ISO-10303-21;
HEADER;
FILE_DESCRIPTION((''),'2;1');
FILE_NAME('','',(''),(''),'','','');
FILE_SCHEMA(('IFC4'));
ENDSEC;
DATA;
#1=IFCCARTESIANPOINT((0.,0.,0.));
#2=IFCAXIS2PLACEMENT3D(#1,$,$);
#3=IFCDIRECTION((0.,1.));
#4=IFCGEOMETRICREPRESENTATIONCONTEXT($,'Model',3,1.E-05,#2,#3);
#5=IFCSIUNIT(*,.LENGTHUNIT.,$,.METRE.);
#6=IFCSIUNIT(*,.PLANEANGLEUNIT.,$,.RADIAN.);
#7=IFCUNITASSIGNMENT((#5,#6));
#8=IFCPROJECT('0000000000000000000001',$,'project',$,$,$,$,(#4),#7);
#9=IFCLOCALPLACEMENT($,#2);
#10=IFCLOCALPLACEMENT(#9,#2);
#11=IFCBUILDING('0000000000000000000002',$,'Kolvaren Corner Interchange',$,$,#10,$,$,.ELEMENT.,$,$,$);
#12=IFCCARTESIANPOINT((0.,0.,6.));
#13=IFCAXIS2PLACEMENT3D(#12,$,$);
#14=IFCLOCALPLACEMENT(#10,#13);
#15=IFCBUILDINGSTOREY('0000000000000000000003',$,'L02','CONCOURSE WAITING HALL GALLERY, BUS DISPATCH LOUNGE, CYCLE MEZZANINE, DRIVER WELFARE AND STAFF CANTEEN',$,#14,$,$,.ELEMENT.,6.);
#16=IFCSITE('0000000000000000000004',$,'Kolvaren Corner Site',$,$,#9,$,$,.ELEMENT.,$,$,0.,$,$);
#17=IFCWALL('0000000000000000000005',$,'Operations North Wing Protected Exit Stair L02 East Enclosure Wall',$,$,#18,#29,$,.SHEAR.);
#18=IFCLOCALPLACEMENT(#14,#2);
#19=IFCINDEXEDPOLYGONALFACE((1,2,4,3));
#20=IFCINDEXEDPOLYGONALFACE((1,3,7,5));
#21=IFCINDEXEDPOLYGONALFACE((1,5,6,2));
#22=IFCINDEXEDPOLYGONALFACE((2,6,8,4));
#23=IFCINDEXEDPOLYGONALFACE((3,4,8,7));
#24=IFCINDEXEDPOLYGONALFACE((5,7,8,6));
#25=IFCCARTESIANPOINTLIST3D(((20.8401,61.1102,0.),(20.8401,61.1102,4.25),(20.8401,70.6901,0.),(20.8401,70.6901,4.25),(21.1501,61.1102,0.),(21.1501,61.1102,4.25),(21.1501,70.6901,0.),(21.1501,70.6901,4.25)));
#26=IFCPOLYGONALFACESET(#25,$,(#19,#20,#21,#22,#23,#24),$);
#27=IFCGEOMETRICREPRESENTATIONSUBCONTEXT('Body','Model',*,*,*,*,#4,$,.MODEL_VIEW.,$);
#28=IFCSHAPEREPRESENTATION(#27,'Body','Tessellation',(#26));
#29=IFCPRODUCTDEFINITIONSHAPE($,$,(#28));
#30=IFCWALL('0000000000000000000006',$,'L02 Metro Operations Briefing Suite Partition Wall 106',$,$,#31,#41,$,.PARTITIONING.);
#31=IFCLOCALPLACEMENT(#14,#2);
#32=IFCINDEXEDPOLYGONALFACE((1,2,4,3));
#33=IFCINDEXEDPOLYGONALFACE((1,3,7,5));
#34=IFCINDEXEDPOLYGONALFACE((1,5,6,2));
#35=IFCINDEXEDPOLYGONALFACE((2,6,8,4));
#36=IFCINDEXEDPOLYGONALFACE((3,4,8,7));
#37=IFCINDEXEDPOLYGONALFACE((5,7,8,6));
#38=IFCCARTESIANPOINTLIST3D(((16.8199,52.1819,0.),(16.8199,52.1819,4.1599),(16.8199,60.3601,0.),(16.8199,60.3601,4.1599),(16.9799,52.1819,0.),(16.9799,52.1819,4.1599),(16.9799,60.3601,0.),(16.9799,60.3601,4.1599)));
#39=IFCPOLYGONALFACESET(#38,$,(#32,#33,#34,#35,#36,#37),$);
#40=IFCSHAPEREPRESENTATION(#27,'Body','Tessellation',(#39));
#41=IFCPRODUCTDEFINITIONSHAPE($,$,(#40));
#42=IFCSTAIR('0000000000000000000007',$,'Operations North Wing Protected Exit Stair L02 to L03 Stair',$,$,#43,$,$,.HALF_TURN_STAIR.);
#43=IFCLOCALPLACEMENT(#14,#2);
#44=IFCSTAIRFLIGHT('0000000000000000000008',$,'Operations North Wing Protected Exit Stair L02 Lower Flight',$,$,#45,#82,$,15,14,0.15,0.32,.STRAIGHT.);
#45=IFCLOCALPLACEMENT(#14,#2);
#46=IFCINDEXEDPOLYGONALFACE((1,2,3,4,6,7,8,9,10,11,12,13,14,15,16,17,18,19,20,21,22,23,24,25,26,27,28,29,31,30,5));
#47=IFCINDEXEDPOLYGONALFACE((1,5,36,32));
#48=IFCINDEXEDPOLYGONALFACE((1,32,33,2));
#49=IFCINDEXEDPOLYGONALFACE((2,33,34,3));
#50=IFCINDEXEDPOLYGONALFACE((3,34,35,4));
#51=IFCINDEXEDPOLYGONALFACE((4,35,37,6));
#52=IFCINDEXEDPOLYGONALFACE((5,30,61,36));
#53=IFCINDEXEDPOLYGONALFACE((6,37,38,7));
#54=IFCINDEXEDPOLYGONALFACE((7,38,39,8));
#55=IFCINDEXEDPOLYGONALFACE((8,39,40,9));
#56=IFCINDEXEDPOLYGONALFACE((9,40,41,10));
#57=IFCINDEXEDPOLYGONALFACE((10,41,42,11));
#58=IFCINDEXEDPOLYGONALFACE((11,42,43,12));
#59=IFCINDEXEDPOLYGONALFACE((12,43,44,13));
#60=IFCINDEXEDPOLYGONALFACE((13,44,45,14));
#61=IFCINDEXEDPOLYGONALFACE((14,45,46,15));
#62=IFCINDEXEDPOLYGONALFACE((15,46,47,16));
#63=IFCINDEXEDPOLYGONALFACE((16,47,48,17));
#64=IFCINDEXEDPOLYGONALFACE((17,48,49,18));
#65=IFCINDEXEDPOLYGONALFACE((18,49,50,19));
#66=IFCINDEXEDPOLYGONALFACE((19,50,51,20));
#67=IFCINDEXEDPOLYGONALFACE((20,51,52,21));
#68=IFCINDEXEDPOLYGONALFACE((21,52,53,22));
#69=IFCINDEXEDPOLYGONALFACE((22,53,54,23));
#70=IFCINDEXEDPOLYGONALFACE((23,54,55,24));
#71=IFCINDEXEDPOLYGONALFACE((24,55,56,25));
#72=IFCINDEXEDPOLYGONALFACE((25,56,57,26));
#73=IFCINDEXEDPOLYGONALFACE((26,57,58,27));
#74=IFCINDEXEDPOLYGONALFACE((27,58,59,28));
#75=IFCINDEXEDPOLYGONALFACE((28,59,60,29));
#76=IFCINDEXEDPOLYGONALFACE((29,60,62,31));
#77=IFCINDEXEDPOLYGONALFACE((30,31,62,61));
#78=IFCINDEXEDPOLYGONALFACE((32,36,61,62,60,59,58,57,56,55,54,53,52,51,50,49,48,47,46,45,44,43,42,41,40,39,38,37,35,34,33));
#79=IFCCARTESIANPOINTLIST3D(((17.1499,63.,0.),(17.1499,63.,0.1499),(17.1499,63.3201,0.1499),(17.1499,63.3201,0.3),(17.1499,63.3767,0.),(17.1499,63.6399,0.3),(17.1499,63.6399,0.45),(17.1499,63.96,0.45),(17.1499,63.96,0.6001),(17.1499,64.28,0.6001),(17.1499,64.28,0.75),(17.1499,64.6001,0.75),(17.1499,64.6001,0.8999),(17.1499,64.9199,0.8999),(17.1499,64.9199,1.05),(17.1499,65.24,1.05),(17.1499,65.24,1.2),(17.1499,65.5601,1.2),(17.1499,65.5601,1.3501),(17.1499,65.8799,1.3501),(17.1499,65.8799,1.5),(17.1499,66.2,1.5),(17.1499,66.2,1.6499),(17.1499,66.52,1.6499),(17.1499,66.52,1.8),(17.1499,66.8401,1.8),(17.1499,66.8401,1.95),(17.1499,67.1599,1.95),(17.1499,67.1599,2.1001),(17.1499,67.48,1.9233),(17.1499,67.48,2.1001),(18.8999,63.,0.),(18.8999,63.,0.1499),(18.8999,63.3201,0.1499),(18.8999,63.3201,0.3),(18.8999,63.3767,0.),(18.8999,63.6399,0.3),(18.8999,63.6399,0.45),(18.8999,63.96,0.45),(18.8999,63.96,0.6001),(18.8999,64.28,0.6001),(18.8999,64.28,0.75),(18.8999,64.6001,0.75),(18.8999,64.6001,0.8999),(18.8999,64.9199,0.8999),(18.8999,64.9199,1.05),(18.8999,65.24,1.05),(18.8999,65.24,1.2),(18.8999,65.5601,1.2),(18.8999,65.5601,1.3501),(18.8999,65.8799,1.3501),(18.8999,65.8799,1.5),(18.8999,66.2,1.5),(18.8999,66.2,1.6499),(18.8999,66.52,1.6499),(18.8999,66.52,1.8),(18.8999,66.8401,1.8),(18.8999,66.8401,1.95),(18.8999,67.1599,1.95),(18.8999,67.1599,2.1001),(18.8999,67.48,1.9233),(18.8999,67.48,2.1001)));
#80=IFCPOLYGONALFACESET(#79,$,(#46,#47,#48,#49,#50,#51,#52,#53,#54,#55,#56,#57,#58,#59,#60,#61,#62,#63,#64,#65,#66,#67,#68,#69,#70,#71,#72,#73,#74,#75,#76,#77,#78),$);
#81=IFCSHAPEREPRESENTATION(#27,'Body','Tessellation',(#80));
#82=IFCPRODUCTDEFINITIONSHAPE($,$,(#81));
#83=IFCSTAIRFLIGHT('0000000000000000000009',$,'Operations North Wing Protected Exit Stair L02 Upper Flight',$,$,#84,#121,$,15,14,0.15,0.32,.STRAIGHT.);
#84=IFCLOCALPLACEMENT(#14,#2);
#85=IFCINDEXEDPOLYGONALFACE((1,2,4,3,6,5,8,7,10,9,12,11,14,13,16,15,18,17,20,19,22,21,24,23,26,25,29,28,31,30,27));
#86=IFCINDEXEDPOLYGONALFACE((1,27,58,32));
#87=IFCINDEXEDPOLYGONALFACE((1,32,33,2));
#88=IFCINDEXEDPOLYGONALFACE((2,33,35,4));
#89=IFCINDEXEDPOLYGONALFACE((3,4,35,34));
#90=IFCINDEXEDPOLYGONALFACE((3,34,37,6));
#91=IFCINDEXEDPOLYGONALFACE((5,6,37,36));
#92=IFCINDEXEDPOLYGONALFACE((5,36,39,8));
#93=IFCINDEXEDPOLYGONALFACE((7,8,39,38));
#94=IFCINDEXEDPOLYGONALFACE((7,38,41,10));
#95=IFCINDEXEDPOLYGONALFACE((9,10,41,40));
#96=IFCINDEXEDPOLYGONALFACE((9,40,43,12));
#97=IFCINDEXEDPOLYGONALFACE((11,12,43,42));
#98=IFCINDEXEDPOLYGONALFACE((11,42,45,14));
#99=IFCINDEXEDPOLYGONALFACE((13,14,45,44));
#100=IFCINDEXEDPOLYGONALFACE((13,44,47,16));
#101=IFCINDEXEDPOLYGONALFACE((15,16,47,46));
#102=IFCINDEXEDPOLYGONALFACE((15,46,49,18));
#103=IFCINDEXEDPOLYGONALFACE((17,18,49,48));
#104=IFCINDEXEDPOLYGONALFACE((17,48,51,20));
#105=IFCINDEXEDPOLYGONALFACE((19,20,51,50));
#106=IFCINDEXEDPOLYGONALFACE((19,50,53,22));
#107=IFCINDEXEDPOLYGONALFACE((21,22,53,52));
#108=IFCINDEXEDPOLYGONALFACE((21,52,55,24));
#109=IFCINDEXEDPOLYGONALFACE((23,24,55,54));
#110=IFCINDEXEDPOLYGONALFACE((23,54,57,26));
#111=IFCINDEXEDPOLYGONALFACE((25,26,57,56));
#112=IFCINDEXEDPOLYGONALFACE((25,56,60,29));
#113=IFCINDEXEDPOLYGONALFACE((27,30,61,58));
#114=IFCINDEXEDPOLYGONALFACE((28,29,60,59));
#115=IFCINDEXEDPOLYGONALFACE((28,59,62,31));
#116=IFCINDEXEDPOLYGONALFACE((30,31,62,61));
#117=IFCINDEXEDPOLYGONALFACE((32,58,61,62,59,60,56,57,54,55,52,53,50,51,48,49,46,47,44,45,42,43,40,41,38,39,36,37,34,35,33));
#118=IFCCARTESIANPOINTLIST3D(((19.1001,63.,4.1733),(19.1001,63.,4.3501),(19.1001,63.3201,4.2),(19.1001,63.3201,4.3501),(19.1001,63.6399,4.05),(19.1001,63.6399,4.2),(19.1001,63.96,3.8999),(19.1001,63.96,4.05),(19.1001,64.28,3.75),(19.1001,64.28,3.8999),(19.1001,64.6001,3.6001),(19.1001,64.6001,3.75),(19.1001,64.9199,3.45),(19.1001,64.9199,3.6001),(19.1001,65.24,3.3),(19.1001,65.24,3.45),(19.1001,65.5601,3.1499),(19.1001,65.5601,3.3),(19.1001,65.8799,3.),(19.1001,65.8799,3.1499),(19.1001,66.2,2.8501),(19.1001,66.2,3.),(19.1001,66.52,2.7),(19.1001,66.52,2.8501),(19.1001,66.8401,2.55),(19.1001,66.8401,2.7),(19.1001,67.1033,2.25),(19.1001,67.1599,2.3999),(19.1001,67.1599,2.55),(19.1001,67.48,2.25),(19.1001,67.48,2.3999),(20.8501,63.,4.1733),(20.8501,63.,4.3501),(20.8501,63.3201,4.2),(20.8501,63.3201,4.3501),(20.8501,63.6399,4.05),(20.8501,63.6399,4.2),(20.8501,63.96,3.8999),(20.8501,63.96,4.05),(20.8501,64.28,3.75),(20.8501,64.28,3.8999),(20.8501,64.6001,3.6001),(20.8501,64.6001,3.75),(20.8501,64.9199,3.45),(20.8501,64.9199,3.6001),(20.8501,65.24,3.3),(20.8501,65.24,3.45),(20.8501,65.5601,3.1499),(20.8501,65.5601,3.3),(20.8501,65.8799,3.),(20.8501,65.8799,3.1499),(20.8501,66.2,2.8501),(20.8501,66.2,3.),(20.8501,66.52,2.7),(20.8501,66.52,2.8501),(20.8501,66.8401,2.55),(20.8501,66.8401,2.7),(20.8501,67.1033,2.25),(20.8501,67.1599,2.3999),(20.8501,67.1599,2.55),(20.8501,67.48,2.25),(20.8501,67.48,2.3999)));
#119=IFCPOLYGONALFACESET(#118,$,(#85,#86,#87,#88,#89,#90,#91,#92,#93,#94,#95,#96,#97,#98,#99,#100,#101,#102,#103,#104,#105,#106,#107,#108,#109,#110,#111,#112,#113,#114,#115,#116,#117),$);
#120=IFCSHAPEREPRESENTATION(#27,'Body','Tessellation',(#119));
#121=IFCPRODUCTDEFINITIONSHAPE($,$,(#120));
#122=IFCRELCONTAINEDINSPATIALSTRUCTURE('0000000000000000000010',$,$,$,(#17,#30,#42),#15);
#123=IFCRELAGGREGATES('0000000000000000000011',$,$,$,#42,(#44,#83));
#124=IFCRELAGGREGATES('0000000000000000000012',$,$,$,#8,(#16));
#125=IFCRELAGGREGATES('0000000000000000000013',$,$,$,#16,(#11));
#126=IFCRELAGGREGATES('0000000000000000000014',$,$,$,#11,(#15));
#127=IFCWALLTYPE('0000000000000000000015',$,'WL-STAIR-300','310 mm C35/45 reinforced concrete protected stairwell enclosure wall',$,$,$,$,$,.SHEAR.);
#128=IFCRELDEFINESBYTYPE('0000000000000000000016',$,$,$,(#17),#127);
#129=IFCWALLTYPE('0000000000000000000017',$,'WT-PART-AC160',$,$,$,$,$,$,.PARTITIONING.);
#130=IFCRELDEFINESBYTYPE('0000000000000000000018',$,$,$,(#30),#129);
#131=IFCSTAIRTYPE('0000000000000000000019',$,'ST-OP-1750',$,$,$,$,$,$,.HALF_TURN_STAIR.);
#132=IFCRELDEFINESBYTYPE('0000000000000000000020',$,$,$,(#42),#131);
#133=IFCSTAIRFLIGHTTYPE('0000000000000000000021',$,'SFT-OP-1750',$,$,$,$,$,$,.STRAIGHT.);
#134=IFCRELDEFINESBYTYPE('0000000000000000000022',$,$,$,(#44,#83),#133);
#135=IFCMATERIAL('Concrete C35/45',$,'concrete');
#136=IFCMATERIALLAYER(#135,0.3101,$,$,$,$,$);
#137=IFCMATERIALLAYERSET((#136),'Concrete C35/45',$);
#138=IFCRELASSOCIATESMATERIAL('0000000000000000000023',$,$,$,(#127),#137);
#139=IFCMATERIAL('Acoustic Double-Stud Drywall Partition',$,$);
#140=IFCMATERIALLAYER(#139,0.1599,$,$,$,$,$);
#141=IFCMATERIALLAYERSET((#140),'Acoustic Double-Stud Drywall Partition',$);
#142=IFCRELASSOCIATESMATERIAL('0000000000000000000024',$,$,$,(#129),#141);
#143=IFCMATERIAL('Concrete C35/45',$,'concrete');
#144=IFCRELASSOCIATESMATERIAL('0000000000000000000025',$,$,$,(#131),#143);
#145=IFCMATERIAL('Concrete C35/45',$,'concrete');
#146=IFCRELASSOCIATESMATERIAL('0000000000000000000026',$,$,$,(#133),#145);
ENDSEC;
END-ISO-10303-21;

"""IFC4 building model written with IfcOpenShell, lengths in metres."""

from ifc_helpers import new_model, si_unit, direction, frame, frame_2d, origin, place, context, subcontext, project, spatial, polyline, rectangle, outline, extrude, material, layer, layer_set, type_object, element, aggregate, save


model = new_model("IFC4")

# Units and contexts
model_context = context("Model", 3, precision=1e-05, world=origin(), true_north=direction((0.0, 1.0)))
body_context = subcontext(model_context, "Body", "Model", "MODEL_VIEW")
ifc_project = project(units=[si_unit("LENGTHUNIT", "METRE"), si_unit("PLANEANGLEUNIT", "RADIAN")], contexts=[model_context])

# Site, building, storey
site_placement = place(None, origin())
site = spatial("IfcSite", under=ifc_project, at=site_placement, Name="Kolvaren Corner Site", CompositionType="ELEMENT", RefElevation=0.0)
building_placement = place(site_placement, origin())
building = spatial("IfcBuilding", under=site, at=building_placement, Name="Kolvaren Corner Interchange", CompositionType="ELEMENT")
storey_placement = place(building_placement, frame((0.0, 0.0, 6.0)))
storey = spatial("IfcBuildingStorey", under=building, at=storey_placement, Name="L02", Description="CONCOURSE WAITING HALL GALLERY, BUS DISPATCH LOUNGE, CYCLE MEZZANINE, DRIVER WELFARE AND STAFF CANTEEN", CompositionType="ELEMENT", Elevation=6.0)

# Shared definitions
ifc_material_1 = material(Name="Concrete C35/45", Category="concrete")
ifc_layer_1 = layer(ifc_material_1, 0.3101)
ifc_layer_set_1 = layer_set([ifc_layer_1], Name="Concrete C35/45")
wall_type_1 = type_object("IfcWallType", Name="WL-STAIR-300", Description="310 mm C35/45 reinforced concrete protected stairwell enclosure wall", PredefinedType="SHEAR", material=ifc_layer_set_1)

# Walls
wall_1_placement = place(storey_placement, frame((20.9951, 61.1101, 0.0), z_axis=(0.0, 0.0, 1.0), x_axis=(0.0, 1.0, 0.0)))
element("IfcWall", 1, at=wall_1_placement, inside=storey, type_object=wall_type_1, Name="Operations North Wing Protected Exit Stair L02 East Enclosure Wall", PredefinedType="SHEAR", context=body_context, shape_type="SweptSolid", body=[
    extrude(rectangle(XDim=9.5798, YDim=0.3101, at=frame_2d((4.79, 0.0))), origin(), (0.0, 0.0, 1.0), 4.25),
])
ifc_material_2 = material(Name="Acoustic Double-Stud Drywall Partition")
ifc_layer_2 = layer(ifc_material_2, 0.1599)
ifc_layer_set_2 = layer_set([ifc_layer_2], Name="Acoustic Double-Stud Drywall Partition")
wall_type_2 = type_object("IfcWallType", Name="WT-PART-AC160", PredefinedType="PARTITIONING", material=ifc_layer_set_2)
wall_2_placement = place(storey_placement, frame((16.8999, 60.3601, 0.0), z_axis=(0.0, 0.0, 1.0), x_axis=(0.0, -1.0, 0.0)))
element("IfcWall", 2, at=wall_2_placement, inside=storey, type_object=wall_type_2, Name="L02 Metro Operations Briefing Suite Partition Wall 106", PredefinedType="PARTITIONING", context=body_context, shape_type="SweptSolid", body=[
    extrude(rectangle(XDim=8.1782, YDim=0.1599, at=frame_2d((4.0891, 0.0))), origin(), (0.0, 0.0, 1.0), 4.1599),
])

# Stair, stair flights
ifc_material_3 = material(Name="Concrete C35/45", Category="concrete")
stair_type = type_object("IfcStairType", Name="ST-OP-1750", PredefinedType="HALF_TURN_STAIR", material=ifc_material_3)
stair_placement = place(storey_placement, origin())
stair = element("IfcStair", 3, at=stair_placement, inside=storey, type_object=stair_type, Name="Operations North Wing Protected Exit Stair L02 to L03 Stair", PredefinedType="HALF_TURN_STAIR")
ifc_material_4 = material(Name="Concrete C35/45", Category="concrete")
stair_flight_type = type_object("IfcStairFlightType", Name="SFT-OP-1750", PredefinedType="STRAIGHT", material=ifc_material_4)
stair_flight_1_placement = place(storey_placement, frame((18.0249, 63.0, 0.0), z_axis=(0.0, 0.0, 1.0), x_axis=(0.0, 1.0, 0.0)))
stair_flight_1 = element("IfcStairFlight", 4, at=stair_flight_1_placement, type_object=stair_flight_type, Name="Operations North Wing Protected Exit Stair L02 Lower Flight", NumberOfRisers=15, NumberOfTreads=14, PredefinedType="STRAIGHT", RiserHeight=0.15, TreadLength=0.32, context=body_context, shape_type="SweptSolid", body=[
    extrude(outline(polyline([(0.0, 0.0), (0.0, 0.1499), (0.3201, 0.1499), (0.3201, 0.3), (0.6399, 0.3), (0.6399, 0.45), (0.96, 0.45), (0.96, 0.6001), (1.28, 0.6001), (1.28, 0.75), (1.6001, 0.75), (1.6001, 0.8999), (1.9199, 0.8999), (1.9199, 1.05), (2.24, 1.05), (2.24, 1.2), (2.5601, 1.2), (2.5601, 1.3501), (2.8799, 1.3501), (2.8799, 1.5), (3.2, 1.5), (3.2, 1.6499), (3.52, 1.6499), (3.52, 1.8), (3.8401, 1.8), (3.8401, 1.95), (4.1599, 1.95), (4.1599, 2.1001), (4.48, 2.1001), (4.48, 2.25), (4.48, 1.9233), (0.3767, 0.0), (0.0, 0.0)])), frame((0.0, 0.875, 0.0), z_axis=(0.0, -1.0, 0.0), x_axis=(1.0, 0.0, 0.0)), (0.0, 0.0, 1.0), 1.75),
])
stair_flight_2_placement = place(storey_placement, frame((19.9751, 67.48, 2.25), z_axis=(0.0, 0.0, 1.0), x_axis=(0.0, -1.0, 0.0)))
stair_flight_2 = element("IfcStairFlight", 5, at=stair_flight_2_placement, type_object=stair_flight_type, Name="Operations North Wing Protected Exit Stair L02 Upper Flight", NumberOfRisers=15, NumberOfTreads=14, PredefinedType="STRAIGHT", RiserHeight=0.15, TreadLength=0.32, context=body_context, shape_type="SweptSolid", body=[
    extrude(outline(polyline([(0.0, 0.0), (0.0, 0.1499), (0.3201, 0.1499), (0.3201, 0.3), (0.6399, 0.3), (0.6399, 0.45), (0.96, 0.45), (0.96, 0.6001), (1.28, 0.6001), (1.28, 0.75), (1.6001, 0.75), (1.6001, 0.8999), (1.9199, 0.8999), (1.9199, 1.05), (2.24, 1.05), (2.24, 1.2), (2.5601, 1.2), (2.5601, 1.3501), (2.8799, 1.3501), (2.8799, 1.5), (3.2, 1.5), (3.2, 1.6499), (3.52, 1.6499), (3.52, 1.8), (3.8401, 1.8), (3.8401, 1.95), (4.1599, 1.95), (4.1599, 2.1001), (4.48, 2.1001), (4.48, 2.25), (4.48, 1.9233), (0.3767, 0.0), (0.0, 0.0)])), frame((0.0, 0.875, 0.0), z_axis=(0.0, -1.0, 0.0), x_axis=(1.0, 0.0, 0.0)), (0.0, 0.0, 1.0), 1.75),
])

aggregate(stair, [stair_flight_1, stair_flight_2])

save(model, "model.ifc")
